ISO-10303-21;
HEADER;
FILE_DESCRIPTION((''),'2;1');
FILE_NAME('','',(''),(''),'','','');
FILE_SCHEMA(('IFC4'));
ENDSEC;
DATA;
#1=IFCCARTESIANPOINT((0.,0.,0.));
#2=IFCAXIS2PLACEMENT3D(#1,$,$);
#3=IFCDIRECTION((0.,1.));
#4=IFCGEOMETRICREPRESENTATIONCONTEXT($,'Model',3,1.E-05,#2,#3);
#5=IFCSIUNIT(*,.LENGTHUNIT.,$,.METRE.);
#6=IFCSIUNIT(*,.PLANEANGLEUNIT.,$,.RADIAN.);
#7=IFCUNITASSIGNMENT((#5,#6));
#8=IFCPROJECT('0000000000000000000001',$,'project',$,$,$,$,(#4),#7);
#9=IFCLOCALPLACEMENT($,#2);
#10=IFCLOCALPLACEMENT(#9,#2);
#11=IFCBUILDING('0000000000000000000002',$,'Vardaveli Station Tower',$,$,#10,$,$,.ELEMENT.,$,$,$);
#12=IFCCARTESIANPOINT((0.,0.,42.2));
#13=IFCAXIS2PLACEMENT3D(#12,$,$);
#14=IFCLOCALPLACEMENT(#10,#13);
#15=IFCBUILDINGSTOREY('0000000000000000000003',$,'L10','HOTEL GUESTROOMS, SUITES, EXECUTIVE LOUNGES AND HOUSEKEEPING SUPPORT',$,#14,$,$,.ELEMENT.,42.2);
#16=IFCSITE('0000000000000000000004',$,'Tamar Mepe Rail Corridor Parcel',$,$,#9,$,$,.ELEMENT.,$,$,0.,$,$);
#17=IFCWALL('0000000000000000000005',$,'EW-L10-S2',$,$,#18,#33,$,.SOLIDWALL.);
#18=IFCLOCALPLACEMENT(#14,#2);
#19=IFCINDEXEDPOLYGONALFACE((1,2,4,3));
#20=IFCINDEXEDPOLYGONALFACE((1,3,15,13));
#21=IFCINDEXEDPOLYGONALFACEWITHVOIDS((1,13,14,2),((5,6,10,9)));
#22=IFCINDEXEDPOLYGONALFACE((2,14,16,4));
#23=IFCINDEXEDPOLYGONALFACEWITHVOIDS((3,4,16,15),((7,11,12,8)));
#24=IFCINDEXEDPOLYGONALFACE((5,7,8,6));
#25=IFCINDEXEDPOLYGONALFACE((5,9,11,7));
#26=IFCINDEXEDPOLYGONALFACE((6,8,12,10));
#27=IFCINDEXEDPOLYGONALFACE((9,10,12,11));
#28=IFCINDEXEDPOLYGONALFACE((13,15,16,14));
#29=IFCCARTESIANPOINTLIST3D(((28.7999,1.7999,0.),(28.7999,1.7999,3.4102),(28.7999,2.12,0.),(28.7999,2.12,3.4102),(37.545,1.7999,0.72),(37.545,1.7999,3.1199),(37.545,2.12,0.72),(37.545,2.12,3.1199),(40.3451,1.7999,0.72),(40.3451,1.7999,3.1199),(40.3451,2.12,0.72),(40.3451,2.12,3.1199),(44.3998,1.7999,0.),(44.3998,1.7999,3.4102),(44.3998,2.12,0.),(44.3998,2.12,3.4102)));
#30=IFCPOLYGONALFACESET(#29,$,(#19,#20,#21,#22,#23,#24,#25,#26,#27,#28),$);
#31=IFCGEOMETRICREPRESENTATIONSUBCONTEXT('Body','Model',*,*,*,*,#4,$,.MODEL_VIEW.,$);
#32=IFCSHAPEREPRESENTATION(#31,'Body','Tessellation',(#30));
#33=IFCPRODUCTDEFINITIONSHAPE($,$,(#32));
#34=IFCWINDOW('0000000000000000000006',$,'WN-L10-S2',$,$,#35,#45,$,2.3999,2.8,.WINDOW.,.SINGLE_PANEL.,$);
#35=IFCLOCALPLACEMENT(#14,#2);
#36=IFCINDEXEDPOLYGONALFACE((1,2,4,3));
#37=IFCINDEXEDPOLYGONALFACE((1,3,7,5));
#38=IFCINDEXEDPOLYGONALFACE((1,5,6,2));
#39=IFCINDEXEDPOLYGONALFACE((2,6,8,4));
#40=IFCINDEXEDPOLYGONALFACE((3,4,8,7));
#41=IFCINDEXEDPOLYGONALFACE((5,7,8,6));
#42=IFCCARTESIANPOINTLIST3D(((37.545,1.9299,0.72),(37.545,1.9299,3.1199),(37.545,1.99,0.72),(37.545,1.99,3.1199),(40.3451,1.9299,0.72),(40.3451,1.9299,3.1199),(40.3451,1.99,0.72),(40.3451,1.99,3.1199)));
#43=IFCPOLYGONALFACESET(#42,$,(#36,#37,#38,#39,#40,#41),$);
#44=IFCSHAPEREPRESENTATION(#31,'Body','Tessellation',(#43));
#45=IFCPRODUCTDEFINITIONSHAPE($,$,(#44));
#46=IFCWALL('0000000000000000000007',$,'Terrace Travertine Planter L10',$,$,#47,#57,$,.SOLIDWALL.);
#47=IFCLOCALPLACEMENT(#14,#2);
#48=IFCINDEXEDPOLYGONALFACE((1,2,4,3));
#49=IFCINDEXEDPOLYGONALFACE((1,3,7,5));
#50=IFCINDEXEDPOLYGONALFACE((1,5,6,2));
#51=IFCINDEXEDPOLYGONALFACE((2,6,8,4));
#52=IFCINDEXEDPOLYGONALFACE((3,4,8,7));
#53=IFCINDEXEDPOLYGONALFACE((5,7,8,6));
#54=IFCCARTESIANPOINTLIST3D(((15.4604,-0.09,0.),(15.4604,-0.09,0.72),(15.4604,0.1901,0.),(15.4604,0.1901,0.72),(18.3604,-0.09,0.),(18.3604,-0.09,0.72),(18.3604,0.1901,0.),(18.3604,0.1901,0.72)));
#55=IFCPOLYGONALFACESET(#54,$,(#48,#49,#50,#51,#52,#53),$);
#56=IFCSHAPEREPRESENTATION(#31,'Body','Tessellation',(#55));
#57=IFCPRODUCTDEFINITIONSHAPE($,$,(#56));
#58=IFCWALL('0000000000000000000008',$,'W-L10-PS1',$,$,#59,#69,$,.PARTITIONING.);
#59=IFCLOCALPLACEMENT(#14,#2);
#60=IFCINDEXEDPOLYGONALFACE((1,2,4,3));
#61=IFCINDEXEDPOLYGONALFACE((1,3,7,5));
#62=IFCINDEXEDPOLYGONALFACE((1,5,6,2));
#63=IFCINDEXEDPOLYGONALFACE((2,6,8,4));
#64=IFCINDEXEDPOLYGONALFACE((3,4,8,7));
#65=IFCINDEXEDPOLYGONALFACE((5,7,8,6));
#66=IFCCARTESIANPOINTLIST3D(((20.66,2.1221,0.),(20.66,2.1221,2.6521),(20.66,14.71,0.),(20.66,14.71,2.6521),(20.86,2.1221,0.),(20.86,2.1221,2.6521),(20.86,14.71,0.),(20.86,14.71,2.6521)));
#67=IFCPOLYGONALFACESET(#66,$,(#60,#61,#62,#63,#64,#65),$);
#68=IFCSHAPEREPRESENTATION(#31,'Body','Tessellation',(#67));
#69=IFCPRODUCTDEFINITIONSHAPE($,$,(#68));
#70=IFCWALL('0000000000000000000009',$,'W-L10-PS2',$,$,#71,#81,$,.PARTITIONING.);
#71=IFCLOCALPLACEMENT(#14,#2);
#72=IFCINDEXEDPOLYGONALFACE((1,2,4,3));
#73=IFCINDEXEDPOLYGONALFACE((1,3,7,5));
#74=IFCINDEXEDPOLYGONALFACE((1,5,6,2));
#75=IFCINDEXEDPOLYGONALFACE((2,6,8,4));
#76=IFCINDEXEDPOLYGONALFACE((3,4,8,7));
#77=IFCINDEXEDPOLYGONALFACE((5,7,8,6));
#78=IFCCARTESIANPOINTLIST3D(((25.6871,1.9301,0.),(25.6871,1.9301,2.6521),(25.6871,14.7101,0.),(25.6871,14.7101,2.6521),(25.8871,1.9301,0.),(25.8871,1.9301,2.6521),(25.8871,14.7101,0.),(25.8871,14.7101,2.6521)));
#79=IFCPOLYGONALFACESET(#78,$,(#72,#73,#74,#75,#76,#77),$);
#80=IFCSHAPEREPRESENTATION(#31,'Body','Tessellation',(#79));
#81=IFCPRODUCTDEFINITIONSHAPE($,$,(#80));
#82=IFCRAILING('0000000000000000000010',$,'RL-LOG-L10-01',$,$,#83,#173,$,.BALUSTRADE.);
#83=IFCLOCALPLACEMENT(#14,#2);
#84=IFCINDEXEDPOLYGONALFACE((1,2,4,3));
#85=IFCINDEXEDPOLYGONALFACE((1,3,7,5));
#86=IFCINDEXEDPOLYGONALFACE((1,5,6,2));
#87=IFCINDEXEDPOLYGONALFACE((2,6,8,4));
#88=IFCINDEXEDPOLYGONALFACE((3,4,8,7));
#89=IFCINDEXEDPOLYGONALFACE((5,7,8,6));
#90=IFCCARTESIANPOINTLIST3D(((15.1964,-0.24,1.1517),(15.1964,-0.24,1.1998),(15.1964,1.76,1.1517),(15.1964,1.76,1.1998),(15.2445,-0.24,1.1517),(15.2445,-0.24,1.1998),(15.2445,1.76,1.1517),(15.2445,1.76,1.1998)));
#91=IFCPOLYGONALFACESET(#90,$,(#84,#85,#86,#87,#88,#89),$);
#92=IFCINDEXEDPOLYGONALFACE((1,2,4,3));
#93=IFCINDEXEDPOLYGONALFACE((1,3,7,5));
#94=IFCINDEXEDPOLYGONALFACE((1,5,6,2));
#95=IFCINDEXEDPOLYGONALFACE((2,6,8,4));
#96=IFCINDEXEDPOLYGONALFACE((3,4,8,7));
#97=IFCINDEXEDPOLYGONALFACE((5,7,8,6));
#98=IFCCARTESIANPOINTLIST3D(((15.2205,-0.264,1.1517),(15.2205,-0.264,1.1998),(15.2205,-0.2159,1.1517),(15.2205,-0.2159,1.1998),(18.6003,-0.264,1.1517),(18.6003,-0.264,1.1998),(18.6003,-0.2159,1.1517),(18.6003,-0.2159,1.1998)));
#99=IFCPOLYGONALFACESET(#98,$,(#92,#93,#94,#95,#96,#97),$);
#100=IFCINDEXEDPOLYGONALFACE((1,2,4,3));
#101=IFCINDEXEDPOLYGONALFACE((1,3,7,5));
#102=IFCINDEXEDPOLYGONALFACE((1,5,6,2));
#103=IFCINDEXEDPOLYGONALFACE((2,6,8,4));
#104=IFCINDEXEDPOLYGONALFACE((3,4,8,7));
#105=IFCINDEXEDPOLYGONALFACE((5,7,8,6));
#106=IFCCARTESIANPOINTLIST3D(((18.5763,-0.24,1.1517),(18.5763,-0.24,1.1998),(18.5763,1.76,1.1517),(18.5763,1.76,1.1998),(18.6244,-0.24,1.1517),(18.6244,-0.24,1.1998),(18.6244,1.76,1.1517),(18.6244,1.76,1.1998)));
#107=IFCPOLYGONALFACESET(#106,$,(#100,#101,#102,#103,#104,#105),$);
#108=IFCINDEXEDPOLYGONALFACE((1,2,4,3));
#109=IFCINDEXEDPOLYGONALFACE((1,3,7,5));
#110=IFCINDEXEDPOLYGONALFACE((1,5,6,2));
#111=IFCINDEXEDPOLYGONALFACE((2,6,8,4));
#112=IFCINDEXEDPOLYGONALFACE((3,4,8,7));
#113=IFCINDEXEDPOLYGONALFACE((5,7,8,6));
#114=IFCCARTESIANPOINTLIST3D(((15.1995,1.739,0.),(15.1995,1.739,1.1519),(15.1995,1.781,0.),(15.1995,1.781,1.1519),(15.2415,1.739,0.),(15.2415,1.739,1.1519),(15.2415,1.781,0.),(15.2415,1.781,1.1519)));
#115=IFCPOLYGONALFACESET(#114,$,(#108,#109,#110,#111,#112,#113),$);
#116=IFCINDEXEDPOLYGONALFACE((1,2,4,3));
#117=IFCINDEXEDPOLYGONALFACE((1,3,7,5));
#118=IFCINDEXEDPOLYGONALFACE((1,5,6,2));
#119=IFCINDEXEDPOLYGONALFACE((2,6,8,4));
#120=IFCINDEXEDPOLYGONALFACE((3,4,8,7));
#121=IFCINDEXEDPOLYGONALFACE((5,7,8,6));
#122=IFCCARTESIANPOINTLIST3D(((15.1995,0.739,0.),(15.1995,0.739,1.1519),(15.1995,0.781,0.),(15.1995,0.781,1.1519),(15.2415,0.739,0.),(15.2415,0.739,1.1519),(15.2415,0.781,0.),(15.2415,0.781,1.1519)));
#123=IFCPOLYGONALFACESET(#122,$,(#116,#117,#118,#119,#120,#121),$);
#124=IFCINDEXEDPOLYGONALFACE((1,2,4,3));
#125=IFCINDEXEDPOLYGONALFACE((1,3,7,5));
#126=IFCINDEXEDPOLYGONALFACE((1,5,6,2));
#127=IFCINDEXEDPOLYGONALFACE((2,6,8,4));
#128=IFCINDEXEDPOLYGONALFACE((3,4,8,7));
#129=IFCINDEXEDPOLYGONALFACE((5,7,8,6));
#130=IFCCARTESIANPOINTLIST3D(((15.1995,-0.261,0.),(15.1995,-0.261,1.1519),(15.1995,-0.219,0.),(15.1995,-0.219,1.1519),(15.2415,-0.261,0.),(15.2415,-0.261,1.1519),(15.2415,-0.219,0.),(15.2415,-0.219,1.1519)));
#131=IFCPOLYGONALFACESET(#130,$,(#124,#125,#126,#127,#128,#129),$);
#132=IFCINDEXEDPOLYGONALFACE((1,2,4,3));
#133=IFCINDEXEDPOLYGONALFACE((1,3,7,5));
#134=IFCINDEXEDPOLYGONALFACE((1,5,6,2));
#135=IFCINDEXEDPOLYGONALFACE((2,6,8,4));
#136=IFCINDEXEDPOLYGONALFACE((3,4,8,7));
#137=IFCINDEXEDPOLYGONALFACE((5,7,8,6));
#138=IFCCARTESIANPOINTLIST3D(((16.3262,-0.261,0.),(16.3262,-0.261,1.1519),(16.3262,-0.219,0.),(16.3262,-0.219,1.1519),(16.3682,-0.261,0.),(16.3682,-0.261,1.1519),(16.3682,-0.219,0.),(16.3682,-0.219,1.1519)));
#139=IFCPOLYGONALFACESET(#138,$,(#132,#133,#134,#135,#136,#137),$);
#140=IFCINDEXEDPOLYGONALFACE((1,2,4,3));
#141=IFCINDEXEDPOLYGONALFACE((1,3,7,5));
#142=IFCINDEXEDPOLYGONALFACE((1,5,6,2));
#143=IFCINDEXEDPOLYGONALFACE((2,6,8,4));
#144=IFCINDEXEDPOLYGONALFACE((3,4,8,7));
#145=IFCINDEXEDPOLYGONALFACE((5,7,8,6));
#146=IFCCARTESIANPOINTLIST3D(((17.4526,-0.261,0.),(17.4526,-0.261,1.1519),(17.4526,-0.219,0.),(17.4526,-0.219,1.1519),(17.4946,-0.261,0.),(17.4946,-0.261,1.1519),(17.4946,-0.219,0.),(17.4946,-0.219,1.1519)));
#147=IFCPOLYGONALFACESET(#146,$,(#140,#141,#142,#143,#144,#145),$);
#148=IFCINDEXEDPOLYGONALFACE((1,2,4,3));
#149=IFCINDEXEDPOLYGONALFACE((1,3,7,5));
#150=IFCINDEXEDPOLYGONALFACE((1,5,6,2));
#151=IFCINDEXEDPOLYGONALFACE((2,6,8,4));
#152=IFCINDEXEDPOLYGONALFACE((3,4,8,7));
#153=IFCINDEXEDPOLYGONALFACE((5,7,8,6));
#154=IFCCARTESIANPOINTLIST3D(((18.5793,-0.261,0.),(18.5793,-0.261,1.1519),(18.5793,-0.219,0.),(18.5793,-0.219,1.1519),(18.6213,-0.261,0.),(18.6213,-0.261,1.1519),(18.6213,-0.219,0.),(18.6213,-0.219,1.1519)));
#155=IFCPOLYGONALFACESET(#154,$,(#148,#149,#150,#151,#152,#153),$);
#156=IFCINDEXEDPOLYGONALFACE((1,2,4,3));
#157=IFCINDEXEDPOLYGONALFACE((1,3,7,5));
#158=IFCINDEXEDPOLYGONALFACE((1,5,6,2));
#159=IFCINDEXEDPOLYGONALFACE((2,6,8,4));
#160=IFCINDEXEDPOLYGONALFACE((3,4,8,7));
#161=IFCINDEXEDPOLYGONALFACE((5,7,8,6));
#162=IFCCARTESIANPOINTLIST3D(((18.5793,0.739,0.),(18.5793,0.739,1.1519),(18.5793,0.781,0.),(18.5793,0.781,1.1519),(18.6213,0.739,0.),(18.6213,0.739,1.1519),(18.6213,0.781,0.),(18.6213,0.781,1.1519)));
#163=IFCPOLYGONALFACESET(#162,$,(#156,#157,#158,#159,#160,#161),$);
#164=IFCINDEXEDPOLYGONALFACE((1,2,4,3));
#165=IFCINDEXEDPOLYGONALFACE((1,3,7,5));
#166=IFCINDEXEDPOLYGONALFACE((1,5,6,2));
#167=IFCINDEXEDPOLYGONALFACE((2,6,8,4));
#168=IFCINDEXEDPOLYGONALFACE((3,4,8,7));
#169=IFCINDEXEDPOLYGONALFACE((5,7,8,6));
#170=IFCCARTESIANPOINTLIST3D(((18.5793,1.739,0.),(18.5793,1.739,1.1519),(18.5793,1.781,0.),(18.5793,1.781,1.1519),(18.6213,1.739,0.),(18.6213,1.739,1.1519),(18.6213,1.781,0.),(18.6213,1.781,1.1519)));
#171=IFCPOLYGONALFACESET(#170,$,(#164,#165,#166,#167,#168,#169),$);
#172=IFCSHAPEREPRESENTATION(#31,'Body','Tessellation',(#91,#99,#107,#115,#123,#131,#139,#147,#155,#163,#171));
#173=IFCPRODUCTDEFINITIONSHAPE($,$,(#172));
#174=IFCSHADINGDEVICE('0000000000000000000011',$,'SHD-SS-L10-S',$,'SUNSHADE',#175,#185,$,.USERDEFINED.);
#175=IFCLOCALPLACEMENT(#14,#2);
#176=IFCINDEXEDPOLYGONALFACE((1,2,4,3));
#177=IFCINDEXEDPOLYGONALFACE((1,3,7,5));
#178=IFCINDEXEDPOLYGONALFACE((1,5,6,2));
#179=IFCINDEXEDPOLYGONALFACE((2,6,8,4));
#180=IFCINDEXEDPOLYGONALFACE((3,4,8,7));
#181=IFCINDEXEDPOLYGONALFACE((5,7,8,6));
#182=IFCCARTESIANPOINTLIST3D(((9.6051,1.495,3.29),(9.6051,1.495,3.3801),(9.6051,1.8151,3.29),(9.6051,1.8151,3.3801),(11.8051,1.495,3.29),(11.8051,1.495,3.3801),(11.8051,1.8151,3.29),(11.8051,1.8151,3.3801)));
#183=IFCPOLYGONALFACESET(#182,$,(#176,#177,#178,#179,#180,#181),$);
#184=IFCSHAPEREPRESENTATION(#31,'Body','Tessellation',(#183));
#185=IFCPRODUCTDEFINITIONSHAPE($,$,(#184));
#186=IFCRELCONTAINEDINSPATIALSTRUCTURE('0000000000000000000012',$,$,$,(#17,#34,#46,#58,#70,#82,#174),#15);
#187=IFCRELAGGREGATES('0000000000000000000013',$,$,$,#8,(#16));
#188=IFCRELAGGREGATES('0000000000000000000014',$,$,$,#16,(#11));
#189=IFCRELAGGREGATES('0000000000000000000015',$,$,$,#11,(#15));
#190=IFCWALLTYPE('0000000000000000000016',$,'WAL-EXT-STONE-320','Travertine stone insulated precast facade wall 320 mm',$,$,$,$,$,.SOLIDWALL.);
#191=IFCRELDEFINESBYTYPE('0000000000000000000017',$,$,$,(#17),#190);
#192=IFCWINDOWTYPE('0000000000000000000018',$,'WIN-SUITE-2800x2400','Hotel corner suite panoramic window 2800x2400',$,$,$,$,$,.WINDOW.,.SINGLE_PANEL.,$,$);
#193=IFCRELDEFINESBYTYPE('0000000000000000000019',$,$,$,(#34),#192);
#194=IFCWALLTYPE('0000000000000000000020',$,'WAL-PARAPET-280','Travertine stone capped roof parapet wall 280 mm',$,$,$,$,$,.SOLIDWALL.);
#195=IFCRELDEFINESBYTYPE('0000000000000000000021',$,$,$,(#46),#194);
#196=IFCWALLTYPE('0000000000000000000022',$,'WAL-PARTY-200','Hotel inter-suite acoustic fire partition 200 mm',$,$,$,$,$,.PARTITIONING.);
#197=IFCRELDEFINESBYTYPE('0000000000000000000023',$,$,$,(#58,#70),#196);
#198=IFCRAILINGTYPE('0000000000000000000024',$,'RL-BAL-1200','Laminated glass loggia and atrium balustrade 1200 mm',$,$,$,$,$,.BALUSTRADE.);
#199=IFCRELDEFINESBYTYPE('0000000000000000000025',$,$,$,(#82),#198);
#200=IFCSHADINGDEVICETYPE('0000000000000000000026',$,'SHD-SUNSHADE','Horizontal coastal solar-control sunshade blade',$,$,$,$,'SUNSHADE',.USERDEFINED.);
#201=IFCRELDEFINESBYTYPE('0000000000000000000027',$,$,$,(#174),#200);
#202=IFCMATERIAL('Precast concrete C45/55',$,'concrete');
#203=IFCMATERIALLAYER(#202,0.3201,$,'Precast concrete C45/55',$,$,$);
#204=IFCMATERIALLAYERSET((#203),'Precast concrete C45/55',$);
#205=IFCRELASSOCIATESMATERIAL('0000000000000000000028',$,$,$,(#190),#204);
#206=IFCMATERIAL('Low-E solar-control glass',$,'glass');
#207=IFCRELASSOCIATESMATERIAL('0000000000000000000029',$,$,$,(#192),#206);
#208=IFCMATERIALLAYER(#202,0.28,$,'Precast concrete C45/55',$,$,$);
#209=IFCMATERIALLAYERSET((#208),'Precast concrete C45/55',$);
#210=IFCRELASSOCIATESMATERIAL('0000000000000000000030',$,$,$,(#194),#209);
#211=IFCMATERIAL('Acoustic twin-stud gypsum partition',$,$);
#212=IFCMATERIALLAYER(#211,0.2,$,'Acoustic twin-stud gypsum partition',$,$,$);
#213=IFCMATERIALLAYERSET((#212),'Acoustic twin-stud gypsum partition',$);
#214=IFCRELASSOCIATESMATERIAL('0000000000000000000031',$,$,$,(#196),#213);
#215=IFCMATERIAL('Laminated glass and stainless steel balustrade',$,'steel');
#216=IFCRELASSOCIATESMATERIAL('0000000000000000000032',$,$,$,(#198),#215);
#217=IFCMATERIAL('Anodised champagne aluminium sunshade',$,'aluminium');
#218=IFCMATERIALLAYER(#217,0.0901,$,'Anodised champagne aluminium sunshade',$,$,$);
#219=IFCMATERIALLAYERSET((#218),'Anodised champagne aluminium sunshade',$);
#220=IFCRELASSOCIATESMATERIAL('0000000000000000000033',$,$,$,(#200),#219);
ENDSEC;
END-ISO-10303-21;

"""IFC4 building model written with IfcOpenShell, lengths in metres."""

from ifc_helpers import new_model, si_unit, direction, frame, frame_2d, origin, origin_2d, place, context, subcontext, project, spatial, rectangle, extrude, source, transform, mapped, material, layer, layer_set, type_object, element, fill, save


model = new_model("IFC4")

# Units and contexts
model_context = context("Model", 3, precision=1e-05, world=origin(), true_north=direction((0.0, 1.0)))
body_context = subcontext(model_context, "Body", "Model", "MODEL_VIEW")
ifc_project = project(units=[si_unit("LENGTHUNIT", "METRE"), si_unit("PLANEANGLEUNIT", "RADIAN")], contexts=[model_context])

# Site, building, storey
site_placement = place(None, origin())
site = spatial("IfcSite", under=ifc_project, at=site_placement, Name="Tamar Mepe Rail Corridor Parcel", CompositionType="ELEMENT", RefElevation=0.0)
building_placement = place(site_placement, origin())
building = spatial("IfcBuilding", under=site, at=building_placement, Name="Vardaveli Station Tower", CompositionType="ELEMENT")
storey_placement = place(building_placement, frame((0.0, 0.0, 42.2)))
storey = spatial("IfcBuildingStorey", under=building, at=storey_placement, Name="L10", Description="HOTEL GUESTROOMS, SUITES, EXECUTIVE LOUNGES AND HOUSEKEEPING SUPPORT", CompositionType="ELEMENT", Elevation=42.2)

# Wall, opening, window
ifc_material_1 = material(Name="Precast concrete C45/55", Category="concrete")
ifc_layer_1 = layer(ifc_material_1, 0.3201, Name="Precast concrete C45/55")
ifc_layer_set_1 = layer_set([ifc_layer_1], Name="Precast concrete C45/55")
wall_type_1 = type_object("IfcWallType", Name="WAL-EXT-STONE-320", Description="Travertine stone insulated precast facade wall 320 mm", PredefinedType="SOLIDWALL", material=ifc_layer_set_1)
shared_shape_1 = source(origin(), body_context, "Body", "SweptSolid", [
    extrude(rectangle(XDim=15.5999, YDim=0.3201, at=frame_2d((7.7998, 0.0))), origin(), (0.0, 0.0, 1.0), 3.4102),
])
wall_1_placement = place(storey_placement, frame((28.8, 1.96, 0.0), z_axis=(0.0, 0.0, 1.0), x_axis=(1.0, 0.0, 0.0)))
wall_1 = element("IfcWall", 1, at=wall_1_placement, inside=storey, type_object=wall_type_1, Name="EW-L10-S2", PredefinedType="SOLIDWALL", context=body_context, shape_type="MappedRepresentation", body=[
    mapped(shared_shape_1, transform((0.0, 0.0, 0.0), scale=1.0)),
])
shared_shape_2 = source(origin(), body_context, "Body", "SweptSolid", [
    extrude(rectangle(XDim=2.8, YDim=2.3999, at=frame_2d((1.3999, 1.2))), frame((0.0, 0.1699, 0.0), z_axis=(0.0, -1.0, 0.0), x_axis=(1.0, 0.0, 0.0)), (0.0, 0.0, 1.0), 0.3401),
])
opening_placement = place(wall_1_placement, frame((8.7451, 0.0, 0.72)))
opening = element("IfcOpeningElement", 2, at=opening_placement, cuts=wall_1, PredefinedType="OPENING", context=body_context, shape_type="MappedRepresentation", body=[
    mapped(shared_shape_2, transform((0.0, 0.0, 0.0), scale=1.0)),
])
ifc_material_2 = material(Name="Low-E solar-control glass", Category="glass")
window_type = type_object("IfcWindowType", Name="WIN-SUITE-2800x2400", Description="Hotel corner suite panoramic window 2800x2400", PartitioningType="SINGLE_PANEL", PredefinedType="WINDOW", material=ifc_material_2)
shared_shape_3 = source(origin(), body_context, "Body", "SweptSolid", [
    extrude(rectangle(XDim=2.8, YDim=2.3999, at=frame_2d((1.3999, 1.2))), frame((0.0, 0.03, 0.0), z_axis=(0.0, -1.0, 0.0), x_axis=(1.0, 0.0, 0.0)), (0.0, 0.0, 1.0), 0.0601),
])
window_placement = place(opening_placement, origin())
window = element("IfcWindow", 3, at=window_placement, inside=storey, type_object=window_type, Name="WN-L10-S2", OverallHeight=2.3999, OverallWidth=2.8, PartitioningType="SINGLE_PANEL", PredefinedType="WINDOW", context=body_context, shape_type="MappedRepresentation", body=[
    mapped(shared_shape_3, transform((0.0, 0.0, 0.0), scale=1.0)),
])
fill(opening, window)

# Walls
ifc_layer_2 = layer(ifc_material_1, 0.28, Name="Precast concrete C45/55")
ifc_layer_set_2 = layer_set([ifc_layer_2], Name="Precast concrete C45/55")
wall_type_2 = type_object("IfcWallType", Name="WAL-PARAPET-280", Description="Travertine stone capped roof parapet wall 280 mm", PredefinedType="SOLIDWALL", material=ifc_layer_set_2)
shared_shape_4 = source(origin(), body_context, "Body", "SweptSolid", [
    extrude(rectangle(XDim=2.8999, YDim=0.28, at=frame_2d((1.45, 0.0))), origin(), (0.0, 0.0, 1.0), 0.72),
])
wall_2_placement = place(storey_placement, frame((15.4604, 0.05, 0.0), z_axis=(0.0, 0.0, 1.0), x_axis=(1.0, 0.0, 0.0)))
element("IfcWall", 4, at=wall_2_placement, inside=storey, type_object=wall_type_2, Name="Terrace Travertine Planter L10", PredefinedType="SOLIDWALL", context=body_context, shape_type="MappedRepresentation", body=[
    mapped(shared_shape_4, transform((0.0, 0.0, 0.0), scale=1.0)),
])
ifc_material_3 = material(Name="Acoustic twin-stud gypsum partition")
ifc_layer_3 = layer(ifc_material_3, 0.2, Name="Acoustic twin-stud gypsum partition")
ifc_layer_set_3 = layer_set([ifc_layer_3], Name="Acoustic twin-stud gypsum partition")
wall_type_3 = type_object("IfcWallType", Name="WAL-PARTY-200", Description="Hotel inter-suite acoustic fire partition 200 mm", PredefinedType="PARTITIONING", material=ifc_layer_set_3)
shared_shape_5 = source(origin(), body_context, "Body", "SweptSolid", [
    extrude(rectangle(XDim=12.5879, YDim=0.2, at=frame_2d((6.2939, 0.0))), origin(), (0.0, 0.0, 1.0), 2.6521),
])
wall_3_placement = place(storey_placement, frame((20.76, 2.1221, 0.0), z_axis=(0.0, 0.0, 1.0), x_axis=(0.0, 1.0, 0.0)))
element("IfcWall", 5, at=wall_3_placement, inside=storey, type_object=wall_type_3, Name="W-L10-PS1", PredefinedType="PARTITIONING", context=body_context, shape_type="MappedRepresentation", body=[
    mapped(shared_shape_5, transform((0.0, 0.0, 0.0), scale=1.0)),
])
shared_shape_6 = source(origin(), body_context, "Body", "SweptSolid", [
    extrude(rectangle(XDim=12.78, YDim=0.2, at=frame_2d((6.3901, 0.0))), origin(), (0.0, 0.0, 1.0), 2.6521),
])
wall_4_placement = place(storey_placement, frame((25.7871, 1.9299, 0.0), z_axis=(0.0, 0.0, 1.0), x_axis=(0.0, 1.0, 0.0)))
element("IfcWall", 6, at=wall_4_placement, inside=storey, type_object=wall_type_3, Name="W-L10-PS2", PredefinedType="PARTITIONING", context=body_context, shape_type="MappedRepresentation", body=[
    mapped(shared_shape_6, transform((0.0, 0.0, 0.0), scale=1.0)),
])

# Railing
ifc_material_4 = material(Name="Laminated glass and stainless steel balustrade", Category="steel")
railing_type = type_object("IfcRailingType", Name="RL-BAL-1200", Description="Laminated glass loggia and atrium balustrade 1200 mm", PredefinedType="BALUSTRADE", material=ifc_material_4)
shared_shape_7 = source(origin(), body_context, "Body", "SweptSolid", [
    extrude(rectangle(XDim=0.0481, YDim=0.0481, at=origin_2d()), frame((0.0, 0.0, 1.1758), z_axis=(0.0, -1.0, 0.0), x_axis=(1.0, 0.0, 0.0)), (0.0, 0.0, 1.0), 2.0),
    extrude(rectangle(XDim=0.0481, YDim=0.0481, at=origin_2d()), frame((0.0, -2.0, 1.1758), z_axis=(1.0, 0.0, 0.0), x_axis=(0.0, 1.0, 0.0)), (0.0, 0.0, 1.0), 3.3799),
    extrude(rectangle(XDim=0.0481, YDim=0.0481, at=origin_2d()), frame((3.3799, -2.0, 1.1758), z_axis=(0.0, 1.0, 0.0), x_axis=(-1.0, 0.0, 0.0)), (0.0, 0.0, 1.0), 2.0),
    extrude(rectangle(XDim=0.042, YDim=0.042, at=origin_2d()), origin(), (0.0, 0.0, 1.0), 1.1519),
    extrude(rectangle(XDim=0.042, YDim=0.042, at=origin_2d()), frame((0.0, -1.0, 0.0)), (0.0, 0.0, 1.0), 1.1519),
    extrude(rectangle(XDim=0.042, YDim=0.042, at=origin_2d()), frame((0.0, -2.0, 0.0)), (0.0, 0.0, 1.0), 1.1519),
    extrude(rectangle(XDim=0.042, YDim=0.042, at=origin_2d()), frame((1.1267, -2.0, 0.0)), (0.0, 0.0, 1.0), 1.1519),
    extrude(rectangle(XDim=0.042, YDim=0.042, at=origin_2d()), frame((2.2532, -2.0, 0.0)), (0.0, 0.0, 1.0), 1.1519),
    extrude(rectangle(XDim=0.042, YDim=0.042, at=origin_2d()), frame((3.3799, -2.0, 0.0)), (0.0, 0.0, 1.0), 1.1519),
    extrude(rectangle(XDim=0.042, YDim=0.042, at=origin_2d()), frame((3.3799, -1.0, 0.0)), (0.0, 0.0, 1.0), 1.1519),
    extrude(rectangle(XDim=0.042, YDim=0.042, at=origin_2d()), frame((3.3799, 0.0, 0.0)), (0.0, 0.0, 1.0), 1.1519),
])
railing_placement = place(storey_placement, frame((15.2205, 1.76, 0.0)))
element("IfcRailing", 7, at=railing_placement, inside=storey, type_object=railing_type, Name="RL-LOG-L10-01", PredefinedType="BALUSTRADE", context=body_context, shape_type="MappedRepresentation", body=[
    mapped(shared_shape_7, transform((0.0, 0.0, 0.0), scale=1.0)),
])

# Shading device
ifc_material_5 = material(Name="Anodised champagne aluminium sunshade", Category="aluminium")
ifc_layer_4 = layer(ifc_material_5, 0.0901, Name="Anodised champagne aluminium sunshade")
ifc_layer_set_4 = layer_set([ifc_layer_4], Name="Anodised champagne aluminium sunshade")
shading_device_type = type_object("IfcShadingDeviceType", Name="SHD-SUNSHADE", Description="Horizontal coastal solar-control sunshade blade", ElementType="SUNSHADE", PredefinedType="USERDEFINED", material=ifc_layer_set_4)
shared_shape_8 = source(origin(), body_context, "Body", "SweptSolid", [
    extrude(rectangle(XDim=2.2, YDim=0.3201, at=origin_2d()), origin(), (0.0, 0.0, 1.0), 0.0901),
])
shading_device_placement = place(storey_placement, frame((10.7051, 1.655, 3.29), z_axis=(0.0, 0.0, 1.0), x_axis=(1.0, 0.0, 0.0)))
element("IfcShadingDevice", 8, at=shading_device_placement, inside=storey, type_object=shading_device_type, Name="SHD-SS-L10-S", ObjectType="SUNSHADE", PredefinedType="USERDEFINED", context=body_context, shape_type="MappedRepresentation", body=[
    mapped(shared_shape_8, transform((0.0, 0.0, 0.0), scale=1.0)),
])

save(model, "model.ifc")
